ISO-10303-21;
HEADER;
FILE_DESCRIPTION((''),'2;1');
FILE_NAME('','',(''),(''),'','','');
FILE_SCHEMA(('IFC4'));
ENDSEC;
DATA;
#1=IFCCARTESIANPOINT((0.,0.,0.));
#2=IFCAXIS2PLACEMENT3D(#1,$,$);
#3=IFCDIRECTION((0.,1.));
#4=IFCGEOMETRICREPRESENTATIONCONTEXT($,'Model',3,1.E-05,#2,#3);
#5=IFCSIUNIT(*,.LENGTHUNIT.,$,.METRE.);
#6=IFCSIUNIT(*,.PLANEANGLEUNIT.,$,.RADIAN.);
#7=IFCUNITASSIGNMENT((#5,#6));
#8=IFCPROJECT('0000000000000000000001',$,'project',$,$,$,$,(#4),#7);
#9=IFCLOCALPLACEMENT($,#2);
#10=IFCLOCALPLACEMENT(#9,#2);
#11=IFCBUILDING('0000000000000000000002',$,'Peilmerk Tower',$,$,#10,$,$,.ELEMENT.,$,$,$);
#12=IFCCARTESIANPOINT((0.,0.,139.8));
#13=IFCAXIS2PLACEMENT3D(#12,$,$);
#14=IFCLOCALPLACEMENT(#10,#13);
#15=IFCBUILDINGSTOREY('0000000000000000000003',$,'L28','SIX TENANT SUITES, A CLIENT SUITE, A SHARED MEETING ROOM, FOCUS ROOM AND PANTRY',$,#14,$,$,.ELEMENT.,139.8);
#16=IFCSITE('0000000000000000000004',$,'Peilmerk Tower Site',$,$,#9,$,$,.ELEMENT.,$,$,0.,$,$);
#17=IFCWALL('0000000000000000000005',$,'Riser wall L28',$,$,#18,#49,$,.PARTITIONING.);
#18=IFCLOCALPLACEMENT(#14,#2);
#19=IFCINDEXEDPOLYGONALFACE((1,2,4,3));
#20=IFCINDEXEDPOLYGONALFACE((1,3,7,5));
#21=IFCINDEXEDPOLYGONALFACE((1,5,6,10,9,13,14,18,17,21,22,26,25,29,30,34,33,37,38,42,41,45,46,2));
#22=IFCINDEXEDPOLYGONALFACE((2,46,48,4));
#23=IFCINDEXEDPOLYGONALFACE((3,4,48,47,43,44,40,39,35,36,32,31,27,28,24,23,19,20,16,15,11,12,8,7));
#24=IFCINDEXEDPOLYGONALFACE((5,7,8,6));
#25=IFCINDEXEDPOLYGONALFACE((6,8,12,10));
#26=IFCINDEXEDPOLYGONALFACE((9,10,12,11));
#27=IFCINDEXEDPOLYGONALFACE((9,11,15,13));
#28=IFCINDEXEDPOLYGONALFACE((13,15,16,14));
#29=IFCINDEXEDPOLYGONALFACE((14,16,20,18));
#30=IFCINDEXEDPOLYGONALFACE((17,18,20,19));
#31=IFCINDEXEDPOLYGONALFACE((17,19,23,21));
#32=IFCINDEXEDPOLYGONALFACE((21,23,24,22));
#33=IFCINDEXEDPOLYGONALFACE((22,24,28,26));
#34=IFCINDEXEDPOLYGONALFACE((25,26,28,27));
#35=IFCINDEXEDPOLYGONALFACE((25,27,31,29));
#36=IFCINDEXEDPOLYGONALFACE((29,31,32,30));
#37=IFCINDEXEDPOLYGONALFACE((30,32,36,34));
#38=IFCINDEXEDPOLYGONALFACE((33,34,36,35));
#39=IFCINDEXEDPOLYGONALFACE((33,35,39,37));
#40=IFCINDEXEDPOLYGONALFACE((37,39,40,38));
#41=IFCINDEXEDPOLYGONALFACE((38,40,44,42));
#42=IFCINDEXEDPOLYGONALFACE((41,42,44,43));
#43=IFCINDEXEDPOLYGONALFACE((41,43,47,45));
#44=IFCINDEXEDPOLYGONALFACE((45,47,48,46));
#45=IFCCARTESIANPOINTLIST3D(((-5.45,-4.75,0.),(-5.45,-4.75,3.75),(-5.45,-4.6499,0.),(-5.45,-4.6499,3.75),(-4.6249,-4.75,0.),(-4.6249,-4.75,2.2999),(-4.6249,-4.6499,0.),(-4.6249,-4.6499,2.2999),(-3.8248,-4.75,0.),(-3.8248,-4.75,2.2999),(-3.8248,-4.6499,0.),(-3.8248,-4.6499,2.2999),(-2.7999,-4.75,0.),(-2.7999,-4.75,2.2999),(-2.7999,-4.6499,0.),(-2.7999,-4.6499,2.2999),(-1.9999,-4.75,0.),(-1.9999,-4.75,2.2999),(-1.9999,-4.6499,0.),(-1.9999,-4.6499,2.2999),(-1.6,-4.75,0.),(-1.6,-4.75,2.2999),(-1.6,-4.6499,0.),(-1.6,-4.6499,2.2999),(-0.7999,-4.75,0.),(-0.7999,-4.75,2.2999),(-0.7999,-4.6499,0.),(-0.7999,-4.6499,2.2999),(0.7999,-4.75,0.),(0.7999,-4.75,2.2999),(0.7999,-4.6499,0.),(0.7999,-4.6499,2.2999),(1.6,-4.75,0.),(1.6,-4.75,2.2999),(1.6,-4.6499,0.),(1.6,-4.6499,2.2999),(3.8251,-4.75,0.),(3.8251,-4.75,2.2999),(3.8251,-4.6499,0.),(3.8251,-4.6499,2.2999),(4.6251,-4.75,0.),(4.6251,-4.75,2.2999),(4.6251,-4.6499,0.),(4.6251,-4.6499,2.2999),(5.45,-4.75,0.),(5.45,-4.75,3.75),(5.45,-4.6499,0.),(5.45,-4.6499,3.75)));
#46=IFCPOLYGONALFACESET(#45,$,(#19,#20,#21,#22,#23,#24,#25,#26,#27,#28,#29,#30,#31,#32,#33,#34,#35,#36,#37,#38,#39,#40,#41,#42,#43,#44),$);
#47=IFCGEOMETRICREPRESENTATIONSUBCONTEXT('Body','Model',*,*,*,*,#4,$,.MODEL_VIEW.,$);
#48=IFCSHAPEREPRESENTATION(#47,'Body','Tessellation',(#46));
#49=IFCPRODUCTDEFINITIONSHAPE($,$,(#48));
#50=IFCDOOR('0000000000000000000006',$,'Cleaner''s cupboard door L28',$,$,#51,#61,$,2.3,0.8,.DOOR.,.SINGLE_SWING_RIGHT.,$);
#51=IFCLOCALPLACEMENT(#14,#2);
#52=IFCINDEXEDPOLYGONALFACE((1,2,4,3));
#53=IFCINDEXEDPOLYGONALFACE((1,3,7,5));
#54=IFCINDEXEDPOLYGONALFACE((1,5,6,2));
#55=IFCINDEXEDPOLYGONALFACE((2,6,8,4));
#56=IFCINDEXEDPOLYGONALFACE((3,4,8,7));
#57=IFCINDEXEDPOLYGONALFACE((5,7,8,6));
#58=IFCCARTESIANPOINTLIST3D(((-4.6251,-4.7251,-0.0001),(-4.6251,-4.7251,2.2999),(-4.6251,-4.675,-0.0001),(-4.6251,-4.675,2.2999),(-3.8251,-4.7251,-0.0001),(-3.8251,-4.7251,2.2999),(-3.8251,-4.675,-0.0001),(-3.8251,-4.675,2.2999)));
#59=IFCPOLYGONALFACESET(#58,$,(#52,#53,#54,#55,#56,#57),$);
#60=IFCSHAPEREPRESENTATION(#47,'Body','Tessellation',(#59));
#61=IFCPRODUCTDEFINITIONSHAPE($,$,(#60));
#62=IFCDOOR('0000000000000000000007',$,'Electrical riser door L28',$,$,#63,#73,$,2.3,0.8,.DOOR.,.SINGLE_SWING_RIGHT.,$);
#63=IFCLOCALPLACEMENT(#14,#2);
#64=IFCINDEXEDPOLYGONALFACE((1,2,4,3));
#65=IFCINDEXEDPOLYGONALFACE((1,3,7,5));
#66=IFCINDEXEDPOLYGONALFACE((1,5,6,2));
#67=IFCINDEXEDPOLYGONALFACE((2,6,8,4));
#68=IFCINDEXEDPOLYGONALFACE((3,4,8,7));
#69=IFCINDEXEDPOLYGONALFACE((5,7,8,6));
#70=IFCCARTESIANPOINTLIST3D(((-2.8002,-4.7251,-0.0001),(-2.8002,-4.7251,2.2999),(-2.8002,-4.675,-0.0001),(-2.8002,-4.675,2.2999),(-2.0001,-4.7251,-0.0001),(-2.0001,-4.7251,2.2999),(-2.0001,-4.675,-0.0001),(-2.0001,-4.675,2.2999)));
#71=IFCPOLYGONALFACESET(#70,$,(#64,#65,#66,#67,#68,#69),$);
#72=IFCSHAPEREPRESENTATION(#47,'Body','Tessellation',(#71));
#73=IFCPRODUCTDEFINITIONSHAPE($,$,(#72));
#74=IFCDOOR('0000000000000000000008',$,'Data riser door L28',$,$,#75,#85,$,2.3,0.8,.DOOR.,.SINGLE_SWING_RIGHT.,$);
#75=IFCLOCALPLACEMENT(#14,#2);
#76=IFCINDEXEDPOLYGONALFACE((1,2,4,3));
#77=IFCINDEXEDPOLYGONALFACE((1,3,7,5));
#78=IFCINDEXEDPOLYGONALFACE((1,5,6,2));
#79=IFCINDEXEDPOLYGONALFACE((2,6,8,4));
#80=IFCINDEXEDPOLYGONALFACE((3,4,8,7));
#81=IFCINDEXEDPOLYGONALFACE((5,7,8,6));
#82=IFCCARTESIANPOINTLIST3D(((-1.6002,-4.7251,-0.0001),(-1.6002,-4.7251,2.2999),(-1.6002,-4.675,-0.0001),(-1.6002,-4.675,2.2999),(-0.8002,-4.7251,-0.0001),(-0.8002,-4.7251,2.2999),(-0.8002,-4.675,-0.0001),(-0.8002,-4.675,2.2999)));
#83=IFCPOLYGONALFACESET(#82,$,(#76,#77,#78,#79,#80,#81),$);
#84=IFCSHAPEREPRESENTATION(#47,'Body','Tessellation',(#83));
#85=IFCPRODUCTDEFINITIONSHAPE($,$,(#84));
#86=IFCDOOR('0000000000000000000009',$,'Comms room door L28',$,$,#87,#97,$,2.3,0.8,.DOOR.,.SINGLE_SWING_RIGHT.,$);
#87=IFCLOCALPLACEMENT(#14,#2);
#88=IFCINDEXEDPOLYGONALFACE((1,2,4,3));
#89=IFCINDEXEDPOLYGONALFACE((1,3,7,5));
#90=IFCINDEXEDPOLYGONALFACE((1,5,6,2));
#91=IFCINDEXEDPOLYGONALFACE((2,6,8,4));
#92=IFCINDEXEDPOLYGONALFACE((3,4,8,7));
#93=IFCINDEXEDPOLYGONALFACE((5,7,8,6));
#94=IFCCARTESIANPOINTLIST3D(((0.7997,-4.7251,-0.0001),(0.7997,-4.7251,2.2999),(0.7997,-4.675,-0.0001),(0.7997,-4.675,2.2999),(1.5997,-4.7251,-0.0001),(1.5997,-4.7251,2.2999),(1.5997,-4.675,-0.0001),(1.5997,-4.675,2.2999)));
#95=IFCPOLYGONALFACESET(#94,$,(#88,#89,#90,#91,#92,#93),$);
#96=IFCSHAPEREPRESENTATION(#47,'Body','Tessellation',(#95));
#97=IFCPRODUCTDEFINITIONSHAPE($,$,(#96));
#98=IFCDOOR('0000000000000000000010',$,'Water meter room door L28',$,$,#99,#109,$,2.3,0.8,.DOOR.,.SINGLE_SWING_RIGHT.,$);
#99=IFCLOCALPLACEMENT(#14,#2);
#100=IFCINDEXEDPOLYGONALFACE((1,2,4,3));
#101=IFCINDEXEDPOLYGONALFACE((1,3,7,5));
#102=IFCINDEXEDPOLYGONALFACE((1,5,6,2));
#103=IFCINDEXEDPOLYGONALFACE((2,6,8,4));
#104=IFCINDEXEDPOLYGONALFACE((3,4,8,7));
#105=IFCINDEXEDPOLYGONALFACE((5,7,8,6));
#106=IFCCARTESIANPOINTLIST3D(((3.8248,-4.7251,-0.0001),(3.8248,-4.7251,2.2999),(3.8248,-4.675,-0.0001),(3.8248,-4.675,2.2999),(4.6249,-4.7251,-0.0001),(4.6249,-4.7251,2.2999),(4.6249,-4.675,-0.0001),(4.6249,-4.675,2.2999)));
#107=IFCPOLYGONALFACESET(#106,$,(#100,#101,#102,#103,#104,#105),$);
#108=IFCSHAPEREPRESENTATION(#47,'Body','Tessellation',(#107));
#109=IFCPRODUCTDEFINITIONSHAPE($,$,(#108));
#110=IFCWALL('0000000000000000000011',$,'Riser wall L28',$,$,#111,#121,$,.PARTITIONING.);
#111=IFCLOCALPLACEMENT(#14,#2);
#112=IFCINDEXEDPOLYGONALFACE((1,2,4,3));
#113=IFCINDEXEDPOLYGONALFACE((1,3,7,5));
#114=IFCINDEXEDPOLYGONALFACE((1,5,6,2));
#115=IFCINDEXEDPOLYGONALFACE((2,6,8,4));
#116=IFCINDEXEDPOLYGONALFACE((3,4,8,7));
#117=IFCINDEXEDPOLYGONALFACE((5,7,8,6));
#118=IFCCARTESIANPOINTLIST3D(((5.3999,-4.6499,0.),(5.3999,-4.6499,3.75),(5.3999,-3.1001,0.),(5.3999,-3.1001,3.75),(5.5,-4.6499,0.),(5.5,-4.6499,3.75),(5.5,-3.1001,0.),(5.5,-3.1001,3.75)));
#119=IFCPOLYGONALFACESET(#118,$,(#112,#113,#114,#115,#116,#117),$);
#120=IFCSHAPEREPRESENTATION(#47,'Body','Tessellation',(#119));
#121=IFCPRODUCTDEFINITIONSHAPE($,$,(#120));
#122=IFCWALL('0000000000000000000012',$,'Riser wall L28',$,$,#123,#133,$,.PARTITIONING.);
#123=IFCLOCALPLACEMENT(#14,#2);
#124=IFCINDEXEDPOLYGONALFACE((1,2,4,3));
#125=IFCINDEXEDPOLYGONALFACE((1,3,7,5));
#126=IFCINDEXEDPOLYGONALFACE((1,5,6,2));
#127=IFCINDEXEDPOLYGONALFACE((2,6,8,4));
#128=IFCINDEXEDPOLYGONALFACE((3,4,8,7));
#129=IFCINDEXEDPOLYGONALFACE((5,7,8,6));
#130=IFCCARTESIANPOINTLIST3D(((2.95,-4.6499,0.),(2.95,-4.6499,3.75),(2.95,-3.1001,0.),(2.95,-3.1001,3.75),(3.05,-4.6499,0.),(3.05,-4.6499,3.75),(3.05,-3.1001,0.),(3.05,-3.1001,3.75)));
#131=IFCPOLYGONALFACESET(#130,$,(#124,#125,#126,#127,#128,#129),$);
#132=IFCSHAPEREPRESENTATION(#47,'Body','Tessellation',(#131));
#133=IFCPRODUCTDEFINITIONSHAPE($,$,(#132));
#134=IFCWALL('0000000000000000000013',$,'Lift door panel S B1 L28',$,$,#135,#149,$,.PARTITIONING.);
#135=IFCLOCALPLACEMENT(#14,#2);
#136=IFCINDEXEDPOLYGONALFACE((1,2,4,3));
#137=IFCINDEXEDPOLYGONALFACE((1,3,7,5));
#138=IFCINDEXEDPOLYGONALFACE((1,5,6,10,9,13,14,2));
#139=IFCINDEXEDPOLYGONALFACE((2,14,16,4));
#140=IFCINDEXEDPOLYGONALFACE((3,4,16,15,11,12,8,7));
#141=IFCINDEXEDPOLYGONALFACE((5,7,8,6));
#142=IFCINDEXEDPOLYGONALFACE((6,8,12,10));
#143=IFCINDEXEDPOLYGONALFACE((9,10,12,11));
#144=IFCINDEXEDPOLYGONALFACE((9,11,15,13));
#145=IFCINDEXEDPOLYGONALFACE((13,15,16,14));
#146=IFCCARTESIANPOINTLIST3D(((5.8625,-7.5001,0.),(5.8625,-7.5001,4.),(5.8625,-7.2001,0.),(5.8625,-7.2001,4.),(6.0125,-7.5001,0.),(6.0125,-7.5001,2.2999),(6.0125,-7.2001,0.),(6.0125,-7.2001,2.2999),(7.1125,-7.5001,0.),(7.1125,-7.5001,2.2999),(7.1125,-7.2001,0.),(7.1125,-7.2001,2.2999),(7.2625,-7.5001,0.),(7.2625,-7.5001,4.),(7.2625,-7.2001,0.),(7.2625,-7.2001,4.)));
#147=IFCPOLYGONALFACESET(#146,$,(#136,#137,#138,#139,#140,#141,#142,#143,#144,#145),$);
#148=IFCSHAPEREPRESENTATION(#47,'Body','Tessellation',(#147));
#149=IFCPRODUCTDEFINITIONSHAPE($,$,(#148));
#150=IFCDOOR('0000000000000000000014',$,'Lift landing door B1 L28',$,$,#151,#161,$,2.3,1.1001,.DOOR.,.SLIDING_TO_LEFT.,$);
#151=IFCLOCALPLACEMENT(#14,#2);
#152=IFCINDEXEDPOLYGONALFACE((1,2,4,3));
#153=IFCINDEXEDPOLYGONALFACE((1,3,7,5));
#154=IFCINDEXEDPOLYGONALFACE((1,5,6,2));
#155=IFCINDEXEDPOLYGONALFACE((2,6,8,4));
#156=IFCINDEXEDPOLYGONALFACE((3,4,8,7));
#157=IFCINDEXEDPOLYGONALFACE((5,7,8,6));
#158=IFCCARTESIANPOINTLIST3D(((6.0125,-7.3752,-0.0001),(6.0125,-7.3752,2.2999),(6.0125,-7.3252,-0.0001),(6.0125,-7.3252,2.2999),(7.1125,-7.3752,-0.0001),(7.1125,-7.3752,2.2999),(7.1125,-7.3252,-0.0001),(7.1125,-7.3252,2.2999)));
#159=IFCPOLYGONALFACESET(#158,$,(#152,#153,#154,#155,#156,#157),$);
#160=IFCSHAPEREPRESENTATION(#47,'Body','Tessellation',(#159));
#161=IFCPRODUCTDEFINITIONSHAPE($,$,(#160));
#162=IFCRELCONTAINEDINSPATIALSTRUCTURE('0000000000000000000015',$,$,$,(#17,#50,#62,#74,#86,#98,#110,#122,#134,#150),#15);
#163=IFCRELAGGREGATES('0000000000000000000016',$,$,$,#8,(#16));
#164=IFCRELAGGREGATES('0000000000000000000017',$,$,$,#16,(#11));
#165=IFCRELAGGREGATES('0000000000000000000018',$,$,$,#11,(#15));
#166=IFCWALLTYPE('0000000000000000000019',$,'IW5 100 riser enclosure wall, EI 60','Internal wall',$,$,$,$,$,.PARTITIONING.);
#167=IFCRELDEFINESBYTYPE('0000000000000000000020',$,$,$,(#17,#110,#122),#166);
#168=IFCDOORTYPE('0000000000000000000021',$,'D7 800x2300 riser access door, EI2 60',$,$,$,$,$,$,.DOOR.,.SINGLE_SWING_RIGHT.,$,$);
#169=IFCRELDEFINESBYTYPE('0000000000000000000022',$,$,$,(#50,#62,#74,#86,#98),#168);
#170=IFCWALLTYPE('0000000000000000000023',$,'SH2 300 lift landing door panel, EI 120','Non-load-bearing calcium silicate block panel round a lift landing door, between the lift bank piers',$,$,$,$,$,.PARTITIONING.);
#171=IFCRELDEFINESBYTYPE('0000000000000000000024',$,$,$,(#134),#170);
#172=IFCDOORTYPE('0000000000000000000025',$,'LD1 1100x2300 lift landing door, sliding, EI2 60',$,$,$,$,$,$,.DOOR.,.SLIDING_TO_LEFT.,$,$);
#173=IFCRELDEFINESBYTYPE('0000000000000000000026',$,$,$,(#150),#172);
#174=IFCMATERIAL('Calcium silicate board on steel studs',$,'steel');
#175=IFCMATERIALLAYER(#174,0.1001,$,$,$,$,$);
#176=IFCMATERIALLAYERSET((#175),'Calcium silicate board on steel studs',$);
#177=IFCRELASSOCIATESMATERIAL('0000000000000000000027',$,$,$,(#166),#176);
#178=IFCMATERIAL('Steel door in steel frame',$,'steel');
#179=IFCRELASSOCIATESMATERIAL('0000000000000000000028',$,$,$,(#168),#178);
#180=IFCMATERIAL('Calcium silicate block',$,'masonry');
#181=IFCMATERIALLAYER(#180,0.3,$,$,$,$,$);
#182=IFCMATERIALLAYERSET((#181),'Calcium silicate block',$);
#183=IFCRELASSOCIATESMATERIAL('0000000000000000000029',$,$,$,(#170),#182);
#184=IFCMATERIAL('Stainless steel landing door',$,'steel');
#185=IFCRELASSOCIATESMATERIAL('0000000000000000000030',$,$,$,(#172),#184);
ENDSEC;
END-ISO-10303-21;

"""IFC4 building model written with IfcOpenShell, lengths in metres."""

from ifc_helpers import new_model, si_unit, direction, frame, frame_2d, origin, place, context, subcontext, project, spatial, rectangle, extrude, material, layer, layer_set, type_object, element, fill, save


model = new_model("IFC4")

# Units and contexts
model_context = context("Model", 3, precision=1e-05, world=origin(), true_north=direction((0.0, 1.0)))
body_context = subcontext(model_context, "Body", "Model", "MODEL_VIEW")
ifc_project = project(units=[si_unit("LENGTHUNIT", "METRE"), si_unit("PLANEANGLEUNIT", "RADIAN")], contexts=[model_context])

# Site, building, storey
site_placement = place(None, origin())
site = spatial("IfcSite", under=ifc_project, at=site_placement, Name="Peilmerk Tower Site", CompositionType="ELEMENT", RefElevation=0.0)
building_placement = place(site_placement, origin())
building = spatial("IfcBuilding", under=site, at=building_placement, Name="Peilmerk Tower", CompositionType="ELEMENT")
storey_placement = place(building_placement, frame((0.0, 0.0, 139.8)))
storey = spatial("IfcBuildingStorey", under=building, at=storey_placement, Name="L28", Description="SIX TENANT SUITES, A CLIENT SUITE, A SHARED MEETING ROOM, FOCUS ROOM AND PANTRY", CompositionType="ELEMENT", Elevation=139.8)

# Shared definitions
ifc_material_1 = material(Name="Steel door in steel frame", Category="steel")

# Shared definitions
ifc_material_2 = material(Name="Calcium silicate board on steel studs", Category="steel")
ifc_layer_1 = layer(ifc_material_2, 0.1001)
ifc_layer_set_1 = layer_set([ifc_layer_1], Name="Calcium silicate board on steel studs")
wall_type_1 = type_object("IfcWallType", Name="IW5 100 riser enclosure wall, EI 60", Description="Internal wall", PredefinedType="PARTITIONING", material=ifc_layer_set_1)

# Wall, openings, doors
wall_1_placement = place(storey_placement, frame((5.45, -4.7, 0.0), z_axis=(0.0, 0.0, 1.0), x_axis=(-1.0, 0.0, 0.0)))
wall_1 = element("IfcWall", 1, at=wall_1_placement, inside=storey, type_object=wall_type_1, Name="Riser wall L28", PredefinedType="PARTITIONING", context=body_context, shape_type="SweptSolid", body=[
    extrude(rectangle(XDim=10.8999, YDim=0.1001, at=frame_2d((5.45, 0.0))), origin(), (0.0, 0.0, 1.0), 3.75),
])
opening_1_placement = place(wall_1_placement, frame((9.2749, 0.0, 0.0)))
opening_1 = element("IfcOpeningElement", 2, at=opening_1_placement, cuts=wall_1, PredefinedType="OPENING", context=body_context, shape_type="SweptSolid", body=[
    extrude(rectangle(XDim=0.8, YDim=2.3, at=frame_2d((0.3999, 1.1499))), frame((0.0, 0.0601, 0.0), z_axis=(0.0, -1.0, 0.0), x_axis=(1.0, 0.0, 0.0)), (0.0, 0.0, 1.0), 0.1201),
])
opening_2_placement = place(wall_1_placement, frame((7.45, 0.0, 0.0)))
opening_2 = element("IfcOpeningElement", 3, at=opening_2_placement, cuts=wall_1, PredefinedType="OPENING", context=body_context, shape_type="SweptSolid", body=[
    extrude(rectangle(XDim=0.8, YDim=2.3, at=frame_2d((0.3999, 1.1499))), frame((0.0, 0.0601, 0.0), z_axis=(0.0, -1.0, 0.0), x_axis=(1.0, 0.0, 0.0)), (0.0, 0.0, 1.0), 0.1201),
])
opening_3_placement = place(wall_1_placement, frame((6.25, 0.0, 0.0)))
opening_3 = element("IfcOpeningElement", 4, at=opening_3_placement, cuts=wall_1, PredefinedType="OPENING", context=body_context, shape_type="SweptSolid", body=[
    extrude(rectangle(XDim=0.8, YDim=2.3, at=frame_2d((0.3999, 1.1499))), frame((0.0, 0.0601, 0.0), z_axis=(0.0, -1.0, 0.0), x_axis=(1.0, 0.0, 0.0)), (0.0, 0.0, 1.0), 0.1201),
])
opening_4_placement = place(wall_1_placement, frame((3.8501, 0.0, 0.0)))
opening_4 = element("IfcOpeningElement", 5, at=opening_4_placement, cuts=wall_1, PredefinedType="OPENING", context=body_context, shape_type="SweptSolid", body=[
    extrude(rectangle(XDim=0.8, YDim=2.3, at=frame_2d((0.3999, 1.1499))), frame((0.0, 0.0601, 0.0), z_axis=(0.0, -1.0, 0.0), x_axis=(1.0, 0.0, 0.0)), (0.0, 0.0, 1.0), 0.1201),
])
opening_5_placement = place(wall_1_placement, frame((0.825, 0.0, 0.0)))
opening_5 = element("IfcOpeningElement", 6, at=opening_5_placement, cuts=wall_1, PredefinedType="OPENING", context=body_context, shape_type="SweptSolid", body=[
    extrude(rectangle(XDim=0.8, YDim=2.3, at=frame_2d((0.3999, 1.1499))), frame((0.0, 0.0601, 0.0), z_axis=(0.0, -1.0, 0.0), x_axis=(1.0, 0.0, 0.0)), (0.0, 0.0, 1.0), 0.1201),
])
door_type_1 = type_object("IfcDoorType", Name="D7 800x2300 riser access door, EI2 60", OperationType="SINGLE_SWING_RIGHT", PredefinedType="DOOR", material=ifc_material_1)
door_1_placement = place(opening_1_placement, frame((0.8, 0.0, 0.0), z_axis=(0.0, 0.0, 1.0), x_axis=(-1.0, 0.0, 0.0)))
door_1 = element("IfcDoor", 7, at=door_1_placement, inside=storey, type_object=door_type_1, Name="Cleaner's cupboard door L28", OperationType="SINGLE_SWING_RIGHT", OverallHeight=2.3, OverallWidth=0.8, PredefinedType="DOOR", context=body_context, shape_type="SweptSolid", body=[
    extrude(rectangle(XDim=0.8, YDim=2.3, at=frame_2d((0.3999, 1.1499))), frame((0.0, 0.0249, 0.0), z_axis=(0.0, -1.0, 0.0), x_axis=(1.0, 0.0, 0.0)), (0.0, 0.0, 1.0), 0.05),
])
fill(opening_1, door_1)
door_2_placement = place(opening_2_placement, frame((0.8, 0.0, 0.0), z_axis=(0.0, 0.0, 1.0), x_axis=(-1.0, 0.0, 0.0)))
door_2 = element("IfcDoor", 8, at=door_2_placement, inside=storey, type_object=door_type_1, Name="Electrical riser door L28", OperationType="SINGLE_SWING_RIGHT", OverallHeight=2.3, OverallWidth=0.8, PredefinedType="DOOR", context=body_context, shape_type="SweptSolid", body=[
    extrude(rectangle(XDim=0.8, YDim=2.3, at=frame_2d((0.3999, 1.1499))), frame((0.0, 0.0249, 0.0), z_axis=(0.0, -1.0, 0.0), x_axis=(1.0, 0.0, 0.0)), (0.0, 0.0, 1.0), 0.05),
])
fill(opening_2, door_2)
door_3_placement = place(opening_3_placement, frame((0.8, 0.0, 0.0), z_axis=(0.0, 0.0, 1.0), x_axis=(-1.0, 0.0, 0.0)))
door_3 = element("IfcDoor", 9, at=door_3_placement, inside=storey, type_object=door_type_1, Name="Data riser door L28", OperationType="SINGLE_SWING_RIGHT", OverallHeight=2.3, OverallWidth=0.8, PredefinedType="DOOR", context=body_context, shape_type="SweptSolid", body=[
    extrude(rectangle(XDim=0.8, YDim=2.3, at=frame_2d((0.3999, 1.1499))), frame((0.0, 0.0249, 0.0), z_axis=(0.0, -1.0, 0.0), x_axis=(1.0, 0.0, 0.0)), (0.0, 0.0, 1.0), 0.05),
])
fill(opening_3, door_3)
door_4_placement = place(opening_4_placement, frame((0.8, 0.0, 0.0), z_axis=(0.0, 0.0, 1.0), x_axis=(-1.0, 0.0, 0.0)))
door_4 = element("IfcDoor", 10, at=door_4_placement, inside=storey, type_object=door_type_1, Name="Comms room door L28", OperationType="SINGLE_SWING_RIGHT", OverallHeight=2.3, OverallWidth=0.8, PredefinedType="DOOR", context=body_context, shape_type="SweptSolid", body=[
    extrude(rectangle(XDim=0.8, YDim=2.3, at=frame_2d((0.3999, 1.1499))), frame((0.0, 0.0249, 0.0), z_axis=(0.0, -1.0, 0.0), x_axis=(1.0, 0.0, 0.0)), (0.0, 0.0, 1.0), 0.05),
])
fill(opening_4, door_4)
door_5_placement = place(opening_5_placement, frame((0.8, 0.0, 0.0), z_axis=(0.0, 0.0, 1.0), x_axis=(-1.0, 0.0, 0.0)))
door_5 = element("IfcDoor", 11, at=door_5_placement, inside=storey, type_object=door_type_1, Name="Water meter room door L28", OperationType="SINGLE_SWING_RIGHT", OverallHeight=2.3, OverallWidth=0.8, PredefinedType="DOOR", context=body_context, shape_type="SweptSolid", body=[
    extrude(rectangle(XDim=0.8, YDim=2.3, at=frame_2d((0.3999, 1.1499))), frame((0.0, 0.0249, 0.0), z_axis=(0.0, -1.0, 0.0), x_axis=(1.0, 0.0, 0.0)), (0.0, 0.0, 1.0), 0.05),
])
fill(opening_5, door_5)

# Walls
for number, where, z_axis, x_axis, name in (
    (12, (5.45, -3.1001, 0.0), (0.0, 0.0, 1.0), (0.0, -1.0, 0.0), "Riser wall L28"),
    (13, (3.0, -3.1001, 0.0), (0.0, 0.0, 1.0), (0.0, -1.0, 0.0), "Riser wall L28"),
):
    element("IfcWall", number, at=place(storey_placement, frame(where, z_axis=z_axis, x_axis=x_axis)), inside=storey, type_object=wall_type_1, Name=name, PredefinedType="PARTITIONING", context=body_context, shape_type="SweptSolid", body=[
        extrude(rectangle(XDim=1.5498, YDim=0.1001, at=frame_2d((0.7749, 0.0))), origin(), (0.0, 0.0, 1.0), 3.75),
    ])

# Wall, opening, door
ifc_material_3 = material(Name="Calcium silicate block", Category="masonry")
ifc_layer_2 = layer(ifc_material_3, 0.3)
ifc_layer_set_2 = layer_set([ifc_layer_2], Name="Calcium silicate block")
wall_type_2 = type_object("IfcWallType", Name="SH2 300 lift landing door panel, EI 120", Description="Non-load-bearing calcium silicate block panel round a lift landing door, between the lift bank piers", PredefinedType="PARTITIONING", material=ifc_layer_set_2)
wall_2_placement = place(storey_placement, frame((5.8625, -7.3501, 0.0), z_axis=(0.0, 0.0, 1.0), x_axis=(1.0, 0.0, 0.0)))
wall_2 = element("IfcWall", 14, at=wall_2_placement, inside=storey, type_object=wall_type_2, Name="Lift door panel S B1 L28", PredefinedType="PARTITIONING", context=body_context, shape_type="SweptSolid", body=[
    extrude(rectangle(XDim=1.3999, YDim=0.3, at=frame_2d((0.7, 0.0))), origin(), (0.0, 0.0, 1.0), 4.0),
])
opening_6_placement = place(wall_2_placement, frame((0.1499, 0.0, 0.0)))
opening_6 = element("IfcOpeningElement", 15, at=opening_6_placement, cuts=wall_2, PredefinedType="OPENING", context=body_context, shape_type="SweptSolid", body=[
    extrude(rectangle(XDim=1.1001, YDim=2.3, at=frame_2d((0.55, 1.1499))), frame((0.0, 0.1599, 0.0), z_axis=(0.0, -1.0, 0.0), x_axis=(1.0, 0.0, 0.0)), (0.0, 0.0, 1.0), 0.3201),
])
ifc_material_4 = material(Name="Stainless steel landing door", Category="steel")
door_type_2 = type_object("IfcDoorType", Name="LD1 1100x2300 lift landing door, sliding, EI2 60", OperationType="SLIDING_TO_LEFT", PredefinedType="DOOR", material=ifc_material_4)
door_6_placement = place(opening_6_placement, origin())
door_6 = element("IfcDoor", 16, at=door_6_placement, inside=storey, type_object=door_type_2, Name="Lift landing door B1 L28", OperationType="SLIDING_TO_LEFT", OverallHeight=2.3, OverallWidth=1.1001, PredefinedType="DOOR", context=body_context, shape_type="SweptSolid", body=[
    extrude(rectangle(XDim=1.1001, YDim=2.3, at=frame_2d((0.55, 1.1499))), frame((0.0, 0.0249, 0.0), z_axis=(0.0, -1.0, 0.0), x_axis=(1.0, 0.0, 0.0)), (0.0, 0.0, 1.0), 0.05),
])
fill(opening_6, door_6)

save(model, "model.ifc")
